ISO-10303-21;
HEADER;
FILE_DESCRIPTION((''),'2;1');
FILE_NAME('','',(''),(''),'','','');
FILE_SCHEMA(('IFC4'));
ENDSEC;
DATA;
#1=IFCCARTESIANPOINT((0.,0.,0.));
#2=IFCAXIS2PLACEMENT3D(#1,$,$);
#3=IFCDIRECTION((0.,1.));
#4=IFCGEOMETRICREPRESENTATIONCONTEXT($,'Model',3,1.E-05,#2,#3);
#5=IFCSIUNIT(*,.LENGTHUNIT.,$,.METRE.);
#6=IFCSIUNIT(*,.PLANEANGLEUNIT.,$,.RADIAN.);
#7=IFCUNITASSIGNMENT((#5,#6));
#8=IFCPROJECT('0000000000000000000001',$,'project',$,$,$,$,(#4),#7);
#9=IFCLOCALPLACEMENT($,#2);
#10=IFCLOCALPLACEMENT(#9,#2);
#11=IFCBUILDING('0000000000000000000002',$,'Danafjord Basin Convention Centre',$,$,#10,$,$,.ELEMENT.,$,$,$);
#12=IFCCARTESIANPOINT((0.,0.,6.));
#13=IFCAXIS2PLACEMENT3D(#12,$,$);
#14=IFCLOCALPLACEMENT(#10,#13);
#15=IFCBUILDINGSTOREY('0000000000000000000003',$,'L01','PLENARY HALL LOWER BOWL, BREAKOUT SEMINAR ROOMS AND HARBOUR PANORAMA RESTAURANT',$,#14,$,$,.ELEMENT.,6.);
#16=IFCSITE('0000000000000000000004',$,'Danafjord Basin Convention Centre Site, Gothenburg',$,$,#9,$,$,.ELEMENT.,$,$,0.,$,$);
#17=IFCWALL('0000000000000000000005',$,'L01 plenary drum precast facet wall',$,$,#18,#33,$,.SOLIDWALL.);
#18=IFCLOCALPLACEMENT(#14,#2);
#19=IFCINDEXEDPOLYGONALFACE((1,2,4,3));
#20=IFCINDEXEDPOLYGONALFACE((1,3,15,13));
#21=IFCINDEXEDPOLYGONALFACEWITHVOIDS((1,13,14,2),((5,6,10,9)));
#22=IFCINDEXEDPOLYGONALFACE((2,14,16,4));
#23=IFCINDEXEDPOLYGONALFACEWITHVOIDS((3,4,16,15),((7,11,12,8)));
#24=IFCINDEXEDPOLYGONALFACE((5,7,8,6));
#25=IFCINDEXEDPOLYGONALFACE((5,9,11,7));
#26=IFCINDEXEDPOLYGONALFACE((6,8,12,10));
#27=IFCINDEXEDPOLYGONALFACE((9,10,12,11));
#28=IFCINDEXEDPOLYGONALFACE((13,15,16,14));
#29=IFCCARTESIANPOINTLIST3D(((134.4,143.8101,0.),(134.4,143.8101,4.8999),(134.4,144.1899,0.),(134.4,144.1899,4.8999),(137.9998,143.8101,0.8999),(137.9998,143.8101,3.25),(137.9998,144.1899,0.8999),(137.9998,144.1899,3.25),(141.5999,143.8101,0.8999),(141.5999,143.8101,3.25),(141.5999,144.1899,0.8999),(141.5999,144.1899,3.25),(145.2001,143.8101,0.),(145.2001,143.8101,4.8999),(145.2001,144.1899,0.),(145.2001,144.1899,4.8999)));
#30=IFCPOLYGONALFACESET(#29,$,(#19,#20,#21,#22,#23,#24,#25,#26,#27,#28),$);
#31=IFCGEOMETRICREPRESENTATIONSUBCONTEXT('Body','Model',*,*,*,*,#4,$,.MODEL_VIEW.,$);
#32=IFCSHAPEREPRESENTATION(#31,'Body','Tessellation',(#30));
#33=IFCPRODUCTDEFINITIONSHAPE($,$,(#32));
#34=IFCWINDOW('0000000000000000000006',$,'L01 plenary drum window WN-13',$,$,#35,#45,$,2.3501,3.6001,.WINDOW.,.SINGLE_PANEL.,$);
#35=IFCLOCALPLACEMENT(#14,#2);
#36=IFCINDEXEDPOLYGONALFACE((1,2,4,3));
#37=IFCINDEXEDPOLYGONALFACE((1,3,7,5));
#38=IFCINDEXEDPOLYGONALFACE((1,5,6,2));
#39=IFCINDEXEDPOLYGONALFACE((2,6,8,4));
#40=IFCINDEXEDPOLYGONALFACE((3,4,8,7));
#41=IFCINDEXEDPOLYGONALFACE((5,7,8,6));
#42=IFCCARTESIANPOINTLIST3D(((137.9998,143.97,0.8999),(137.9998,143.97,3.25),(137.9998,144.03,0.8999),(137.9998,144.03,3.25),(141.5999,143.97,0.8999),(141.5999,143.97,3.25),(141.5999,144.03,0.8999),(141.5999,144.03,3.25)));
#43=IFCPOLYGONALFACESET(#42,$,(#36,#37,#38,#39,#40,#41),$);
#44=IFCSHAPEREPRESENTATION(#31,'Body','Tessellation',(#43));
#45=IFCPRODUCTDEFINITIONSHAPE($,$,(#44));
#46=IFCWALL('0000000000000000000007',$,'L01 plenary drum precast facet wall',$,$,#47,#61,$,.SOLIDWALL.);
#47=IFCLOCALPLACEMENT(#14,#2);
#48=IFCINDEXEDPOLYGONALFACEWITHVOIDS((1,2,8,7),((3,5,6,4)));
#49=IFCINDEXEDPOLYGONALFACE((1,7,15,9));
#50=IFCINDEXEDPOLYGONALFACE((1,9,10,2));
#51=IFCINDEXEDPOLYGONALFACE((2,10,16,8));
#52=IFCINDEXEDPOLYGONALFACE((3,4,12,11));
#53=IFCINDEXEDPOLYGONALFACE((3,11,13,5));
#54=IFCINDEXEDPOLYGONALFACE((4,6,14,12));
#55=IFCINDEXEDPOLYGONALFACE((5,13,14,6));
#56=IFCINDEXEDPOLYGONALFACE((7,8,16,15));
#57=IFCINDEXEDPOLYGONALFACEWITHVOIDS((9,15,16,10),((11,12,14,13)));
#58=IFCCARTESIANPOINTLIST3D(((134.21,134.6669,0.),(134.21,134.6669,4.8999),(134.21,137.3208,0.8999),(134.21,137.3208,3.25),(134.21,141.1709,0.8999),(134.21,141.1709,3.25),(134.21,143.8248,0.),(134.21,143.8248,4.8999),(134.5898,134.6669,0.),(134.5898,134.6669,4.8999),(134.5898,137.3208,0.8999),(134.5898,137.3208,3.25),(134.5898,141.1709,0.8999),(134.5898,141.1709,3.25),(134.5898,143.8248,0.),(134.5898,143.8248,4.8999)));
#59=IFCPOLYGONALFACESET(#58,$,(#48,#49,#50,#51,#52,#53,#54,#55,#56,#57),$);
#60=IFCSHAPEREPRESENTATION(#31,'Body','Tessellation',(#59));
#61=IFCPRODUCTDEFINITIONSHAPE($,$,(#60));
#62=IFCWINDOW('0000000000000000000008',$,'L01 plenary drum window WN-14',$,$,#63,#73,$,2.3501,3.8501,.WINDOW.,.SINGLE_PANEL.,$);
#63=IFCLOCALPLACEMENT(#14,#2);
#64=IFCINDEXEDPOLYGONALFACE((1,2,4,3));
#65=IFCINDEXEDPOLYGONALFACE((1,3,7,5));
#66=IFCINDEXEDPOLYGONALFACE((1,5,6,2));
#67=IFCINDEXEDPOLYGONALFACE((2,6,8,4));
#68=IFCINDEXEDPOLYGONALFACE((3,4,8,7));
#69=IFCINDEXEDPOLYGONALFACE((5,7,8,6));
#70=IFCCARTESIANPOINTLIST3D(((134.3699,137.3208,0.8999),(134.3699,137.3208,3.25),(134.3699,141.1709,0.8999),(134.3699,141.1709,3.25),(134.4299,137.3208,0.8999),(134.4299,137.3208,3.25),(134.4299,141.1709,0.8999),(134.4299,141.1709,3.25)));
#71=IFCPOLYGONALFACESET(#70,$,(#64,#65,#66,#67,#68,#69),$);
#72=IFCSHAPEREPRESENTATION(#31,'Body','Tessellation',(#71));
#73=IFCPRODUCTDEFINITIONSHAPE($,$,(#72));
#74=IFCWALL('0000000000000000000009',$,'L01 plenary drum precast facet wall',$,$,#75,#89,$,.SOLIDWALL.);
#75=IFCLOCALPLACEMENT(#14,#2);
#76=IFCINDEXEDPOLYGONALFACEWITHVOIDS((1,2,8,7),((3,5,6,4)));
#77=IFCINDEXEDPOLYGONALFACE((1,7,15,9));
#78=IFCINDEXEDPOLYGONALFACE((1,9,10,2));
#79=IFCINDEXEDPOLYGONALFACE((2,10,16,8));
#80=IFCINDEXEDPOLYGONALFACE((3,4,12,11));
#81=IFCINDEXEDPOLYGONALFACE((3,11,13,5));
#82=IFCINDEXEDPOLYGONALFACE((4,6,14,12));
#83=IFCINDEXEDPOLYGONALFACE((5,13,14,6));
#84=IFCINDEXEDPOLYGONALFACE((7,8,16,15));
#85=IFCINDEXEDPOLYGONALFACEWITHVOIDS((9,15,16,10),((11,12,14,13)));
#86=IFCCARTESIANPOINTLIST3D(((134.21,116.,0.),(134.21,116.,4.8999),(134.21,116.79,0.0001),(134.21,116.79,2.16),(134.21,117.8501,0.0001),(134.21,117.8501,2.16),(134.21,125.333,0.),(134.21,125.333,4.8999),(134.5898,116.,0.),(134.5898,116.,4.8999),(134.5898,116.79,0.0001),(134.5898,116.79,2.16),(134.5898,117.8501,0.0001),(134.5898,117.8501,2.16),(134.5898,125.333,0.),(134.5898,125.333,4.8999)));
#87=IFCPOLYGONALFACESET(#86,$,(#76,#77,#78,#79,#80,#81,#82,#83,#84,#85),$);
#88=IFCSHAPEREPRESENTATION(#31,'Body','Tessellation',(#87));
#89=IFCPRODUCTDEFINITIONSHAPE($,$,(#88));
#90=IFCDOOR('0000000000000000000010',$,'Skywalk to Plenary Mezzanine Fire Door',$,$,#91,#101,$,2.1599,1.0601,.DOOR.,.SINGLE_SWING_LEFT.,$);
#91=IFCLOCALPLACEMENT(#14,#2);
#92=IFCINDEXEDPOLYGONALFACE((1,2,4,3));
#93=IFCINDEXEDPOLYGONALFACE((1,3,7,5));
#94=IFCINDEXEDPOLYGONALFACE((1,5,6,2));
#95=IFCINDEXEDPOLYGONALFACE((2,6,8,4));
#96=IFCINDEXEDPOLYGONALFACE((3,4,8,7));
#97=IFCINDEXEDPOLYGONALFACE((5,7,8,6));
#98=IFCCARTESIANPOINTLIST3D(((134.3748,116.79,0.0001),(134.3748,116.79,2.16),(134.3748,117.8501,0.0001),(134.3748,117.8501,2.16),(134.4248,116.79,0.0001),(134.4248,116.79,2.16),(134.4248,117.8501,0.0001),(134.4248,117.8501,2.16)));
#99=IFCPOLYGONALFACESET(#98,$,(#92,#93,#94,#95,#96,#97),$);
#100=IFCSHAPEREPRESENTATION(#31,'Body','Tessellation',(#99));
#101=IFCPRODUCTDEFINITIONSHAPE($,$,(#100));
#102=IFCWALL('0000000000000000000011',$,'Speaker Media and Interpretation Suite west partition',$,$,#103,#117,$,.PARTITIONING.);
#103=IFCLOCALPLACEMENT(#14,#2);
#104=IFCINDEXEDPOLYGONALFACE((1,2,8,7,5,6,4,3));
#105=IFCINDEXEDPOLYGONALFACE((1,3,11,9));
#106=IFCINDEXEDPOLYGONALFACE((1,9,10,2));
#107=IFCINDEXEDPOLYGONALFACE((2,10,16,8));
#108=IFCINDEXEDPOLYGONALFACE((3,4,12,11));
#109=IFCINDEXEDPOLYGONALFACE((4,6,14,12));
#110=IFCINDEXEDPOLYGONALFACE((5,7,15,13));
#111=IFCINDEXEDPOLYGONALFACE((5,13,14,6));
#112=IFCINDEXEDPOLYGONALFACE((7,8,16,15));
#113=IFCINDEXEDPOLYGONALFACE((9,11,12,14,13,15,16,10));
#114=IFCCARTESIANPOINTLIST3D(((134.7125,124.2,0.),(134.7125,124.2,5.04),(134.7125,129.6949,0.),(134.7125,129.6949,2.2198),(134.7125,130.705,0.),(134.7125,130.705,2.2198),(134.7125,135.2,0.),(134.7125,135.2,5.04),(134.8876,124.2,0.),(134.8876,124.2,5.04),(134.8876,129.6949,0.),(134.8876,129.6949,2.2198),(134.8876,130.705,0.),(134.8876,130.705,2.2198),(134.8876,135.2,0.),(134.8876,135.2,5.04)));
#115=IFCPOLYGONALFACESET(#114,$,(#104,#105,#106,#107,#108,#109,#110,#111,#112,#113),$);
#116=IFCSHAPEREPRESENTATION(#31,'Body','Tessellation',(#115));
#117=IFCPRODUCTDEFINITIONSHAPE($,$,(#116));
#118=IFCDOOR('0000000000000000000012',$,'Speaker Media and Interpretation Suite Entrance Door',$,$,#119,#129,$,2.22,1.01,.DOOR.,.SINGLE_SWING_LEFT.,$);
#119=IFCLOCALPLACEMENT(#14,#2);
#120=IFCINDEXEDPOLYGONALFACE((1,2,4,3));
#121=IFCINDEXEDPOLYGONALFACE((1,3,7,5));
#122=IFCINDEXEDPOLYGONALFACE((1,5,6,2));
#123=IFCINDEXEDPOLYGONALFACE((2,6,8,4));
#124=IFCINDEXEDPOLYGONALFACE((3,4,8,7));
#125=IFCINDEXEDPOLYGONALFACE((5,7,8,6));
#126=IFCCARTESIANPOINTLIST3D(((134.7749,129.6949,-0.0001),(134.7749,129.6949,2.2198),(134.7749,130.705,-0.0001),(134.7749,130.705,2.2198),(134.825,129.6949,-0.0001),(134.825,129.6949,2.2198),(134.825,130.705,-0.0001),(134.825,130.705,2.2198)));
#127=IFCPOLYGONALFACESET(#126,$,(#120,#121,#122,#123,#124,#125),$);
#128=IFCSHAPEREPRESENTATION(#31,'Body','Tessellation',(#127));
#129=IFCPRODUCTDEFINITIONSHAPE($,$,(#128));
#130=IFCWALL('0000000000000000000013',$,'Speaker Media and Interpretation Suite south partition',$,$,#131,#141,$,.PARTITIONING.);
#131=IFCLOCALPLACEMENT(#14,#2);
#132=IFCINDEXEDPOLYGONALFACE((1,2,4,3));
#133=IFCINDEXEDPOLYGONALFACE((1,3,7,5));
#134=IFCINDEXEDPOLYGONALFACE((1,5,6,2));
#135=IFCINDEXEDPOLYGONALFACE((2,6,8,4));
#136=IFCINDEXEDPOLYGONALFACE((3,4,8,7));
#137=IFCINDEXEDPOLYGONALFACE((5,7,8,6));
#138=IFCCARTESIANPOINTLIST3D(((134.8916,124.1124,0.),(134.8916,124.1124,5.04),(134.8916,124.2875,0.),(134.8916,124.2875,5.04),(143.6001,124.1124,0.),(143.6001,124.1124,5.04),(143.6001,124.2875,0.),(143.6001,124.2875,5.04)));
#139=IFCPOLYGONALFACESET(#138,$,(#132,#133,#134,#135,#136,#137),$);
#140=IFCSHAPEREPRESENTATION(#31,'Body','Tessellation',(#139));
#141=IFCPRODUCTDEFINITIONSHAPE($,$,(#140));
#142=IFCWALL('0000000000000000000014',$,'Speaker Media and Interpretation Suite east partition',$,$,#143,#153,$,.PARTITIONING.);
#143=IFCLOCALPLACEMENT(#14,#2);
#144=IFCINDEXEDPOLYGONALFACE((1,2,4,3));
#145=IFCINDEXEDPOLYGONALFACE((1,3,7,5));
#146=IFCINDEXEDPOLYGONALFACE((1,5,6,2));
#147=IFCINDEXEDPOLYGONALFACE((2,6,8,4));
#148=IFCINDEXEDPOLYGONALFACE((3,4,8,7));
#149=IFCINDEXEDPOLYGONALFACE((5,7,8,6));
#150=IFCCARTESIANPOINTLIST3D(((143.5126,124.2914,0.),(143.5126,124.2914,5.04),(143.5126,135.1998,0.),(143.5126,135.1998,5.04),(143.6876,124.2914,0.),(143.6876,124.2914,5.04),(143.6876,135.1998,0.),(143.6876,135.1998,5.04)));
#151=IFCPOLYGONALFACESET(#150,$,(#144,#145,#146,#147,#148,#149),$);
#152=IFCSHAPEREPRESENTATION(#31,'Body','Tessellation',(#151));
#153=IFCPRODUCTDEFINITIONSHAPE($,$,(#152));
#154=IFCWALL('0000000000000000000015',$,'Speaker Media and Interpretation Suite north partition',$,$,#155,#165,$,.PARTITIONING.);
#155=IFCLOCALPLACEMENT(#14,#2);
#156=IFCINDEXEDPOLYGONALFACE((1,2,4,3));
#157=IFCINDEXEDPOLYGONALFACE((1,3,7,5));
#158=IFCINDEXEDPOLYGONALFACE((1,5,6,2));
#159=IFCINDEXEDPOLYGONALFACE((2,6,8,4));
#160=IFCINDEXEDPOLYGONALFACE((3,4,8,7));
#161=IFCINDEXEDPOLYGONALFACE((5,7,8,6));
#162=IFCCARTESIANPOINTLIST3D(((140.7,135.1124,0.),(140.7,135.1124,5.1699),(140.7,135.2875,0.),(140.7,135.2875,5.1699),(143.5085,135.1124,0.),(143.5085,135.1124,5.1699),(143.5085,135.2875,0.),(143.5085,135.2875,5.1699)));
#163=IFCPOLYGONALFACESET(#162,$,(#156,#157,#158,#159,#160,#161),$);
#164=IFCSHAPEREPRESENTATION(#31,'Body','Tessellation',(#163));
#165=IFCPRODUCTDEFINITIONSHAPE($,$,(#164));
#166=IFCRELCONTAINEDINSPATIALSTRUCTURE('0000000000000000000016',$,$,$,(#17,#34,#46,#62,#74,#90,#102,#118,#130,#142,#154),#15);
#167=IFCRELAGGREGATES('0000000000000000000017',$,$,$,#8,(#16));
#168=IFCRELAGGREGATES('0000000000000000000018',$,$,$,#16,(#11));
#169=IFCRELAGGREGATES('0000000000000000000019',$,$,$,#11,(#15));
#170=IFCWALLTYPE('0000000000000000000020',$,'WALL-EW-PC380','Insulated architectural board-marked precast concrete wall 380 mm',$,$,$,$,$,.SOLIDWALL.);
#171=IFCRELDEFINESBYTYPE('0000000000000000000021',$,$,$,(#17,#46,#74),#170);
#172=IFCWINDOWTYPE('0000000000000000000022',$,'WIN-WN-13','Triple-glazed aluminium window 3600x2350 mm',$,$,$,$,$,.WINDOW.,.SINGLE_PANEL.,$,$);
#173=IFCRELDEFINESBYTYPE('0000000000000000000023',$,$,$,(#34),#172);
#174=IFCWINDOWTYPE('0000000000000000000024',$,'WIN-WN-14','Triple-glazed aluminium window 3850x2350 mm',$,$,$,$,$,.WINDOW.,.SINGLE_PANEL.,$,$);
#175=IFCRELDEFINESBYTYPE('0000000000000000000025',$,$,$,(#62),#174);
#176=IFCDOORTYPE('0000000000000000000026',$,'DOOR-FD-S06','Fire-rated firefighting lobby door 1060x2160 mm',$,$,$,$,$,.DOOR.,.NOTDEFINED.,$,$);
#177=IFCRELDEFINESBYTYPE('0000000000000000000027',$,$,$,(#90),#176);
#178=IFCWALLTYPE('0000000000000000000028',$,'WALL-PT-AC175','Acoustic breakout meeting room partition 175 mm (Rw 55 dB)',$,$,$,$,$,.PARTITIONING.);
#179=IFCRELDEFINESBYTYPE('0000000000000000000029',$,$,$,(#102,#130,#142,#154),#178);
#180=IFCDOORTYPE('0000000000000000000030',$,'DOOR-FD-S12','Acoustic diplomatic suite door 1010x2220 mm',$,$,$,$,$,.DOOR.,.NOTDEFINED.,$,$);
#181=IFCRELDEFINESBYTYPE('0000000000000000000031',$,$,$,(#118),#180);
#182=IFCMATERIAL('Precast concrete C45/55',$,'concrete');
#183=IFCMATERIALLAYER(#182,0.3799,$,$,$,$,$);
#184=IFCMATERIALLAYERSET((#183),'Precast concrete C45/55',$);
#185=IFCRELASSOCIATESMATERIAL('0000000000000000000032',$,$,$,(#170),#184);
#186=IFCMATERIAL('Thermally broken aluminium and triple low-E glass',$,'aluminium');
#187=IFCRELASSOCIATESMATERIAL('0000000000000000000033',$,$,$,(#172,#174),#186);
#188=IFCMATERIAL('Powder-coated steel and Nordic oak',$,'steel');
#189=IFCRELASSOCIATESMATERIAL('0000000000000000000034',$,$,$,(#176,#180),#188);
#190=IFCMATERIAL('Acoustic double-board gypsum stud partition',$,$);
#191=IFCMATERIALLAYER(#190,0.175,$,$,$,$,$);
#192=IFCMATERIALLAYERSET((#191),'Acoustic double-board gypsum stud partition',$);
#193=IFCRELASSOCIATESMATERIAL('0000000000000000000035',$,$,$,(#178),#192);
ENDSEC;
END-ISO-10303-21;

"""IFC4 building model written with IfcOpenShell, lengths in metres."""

from ifc_helpers import new_model, si_unit, direction, frame, frame_2d, origin, place, context, subcontext, project, spatial, rectangle, extrude, material, layer, layer_set, type_object, element, fill, save


model = new_model("IFC4")

# Units and contexts
model_context = context("Model", 3, precision=1e-05, world=origin(), true_north=direction((0.0, 1.0)))
body_context = subcontext(model_context, "Body", "Model", "MODEL_VIEW")
ifc_project = project(units=[si_unit("LENGTHUNIT", "METRE"), si_unit("PLANEANGLEUNIT", "RADIAN")], contexts=[model_context])

# Site, building, storey
site_placement = place(None, origin())
site = spatial("IfcSite", under=ifc_project, at=site_placement, Name="Danafjord Basin Convention Centre Site, Gothenburg", CompositionType="ELEMENT", RefElevation=0.0)
building_placement = place(site_placement, origin())
building = spatial("IfcBuilding", under=site, at=building_placement, Name="Danafjord Basin Convention Centre", CompositionType="ELEMENT")
storey_placement = place(building_placement, frame((0.0, 0.0, 6.0)))
storey = spatial("IfcBuildingStorey", under=building, at=storey_placement, Name="L01", Description="PLENARY HALL LOWER BOWL, BREAKOUT SEMINAR ROOMS AND HARBOUR PANORAMA RESTAURANT", CompositionType="ELEMENT", Elevation=6.0)

# Shared definitions
ifc_material_1 = material(Name="Precast concrete C45/55", Category="concrete")

# Walls, openings, windows
ifc_layer_1 = layer(ifc_material_1, 0.3799)
ifc_layer_set_1 = layer_set([ifc_layer_1], Name="Precast concrete C45/55")
wall_type_1 = type_object("IfcWallType", Name="WALL-EW-PC380", Description="Insulated architectural board-marked precast concrete wall 380 mm", PredefinedType="SOLIDWALL", material=ifc_layer_set_1)
wall_1_placement = place(storey_placement, frame((145.2, 144.0, 0.0), z_axis=(0.0, 0.0, 1.0), x_axis=(-1.0, 0.0, 0.0)))
wall_1 = element("IfcWall", 1, at=wall_1_placement, inside=storey, type_object=wall_type_1, Name="L01 plenary drum precast facet wall", PredefinedType="SOLIDWALL", context=body_context, shape_type="SweptSolid", body=[
    extrude(rectangle(XDim=10.8, YDim=0.3799, at=frame_2d((5.3999, 0.0))), origin(), (0.0, 0.0, 1.0), 4.8999),
])
opening_1_placement = place(wall_1_placement, frame((3.6001, 0.0, 0.8999)))
opening_1 = element("IfcOpeningElement", 2, at=opening_1_placement, cuts=wall_1, PredefinedType="OPENING", context=body_context, shape_type="SweptSolid", body=[
    extrude(rectangle(XDim=3.6001, YDim=2.3501, at=frame_2d((1.8, 1.175))), frame((0.0, 0.2, 0.0), z_axis=(0.0, -1.0, 0.0), x_axis=(1.0, 0.0, 0.0)), (0.0, 0.0, 1.0), 0.3999),
])
ifc_material_2 = material(Name="Thermally broken aluminium and triple low-E glass", Category="aluminium")
window_type_1 = type_object("IfcWindowType", Name="WIN-WN-13", Description="Triple-glazed aluminium window 3600x2350 mm", PartitioningType="SINGLE_PANEL", PredefinedType="WINDOW", material=ifc_material_2)
window_1_placement = place(opening_1_placement, origin())
window_1 = element("IfcWindow", 3, at=window_1_placement, inside=storey, type_object=window_type_1, Name="L01 plenary drum window WN-13", OverallHeight=2.3501, OverallWidth=3.6001, PartitioningType="SINGLE_PANEL", PredefinedType="WINDOW", context=body_context, shape_type="SweptSolid", body=[
    extrude(rectangle(XDim=3.6001, YDim=2.3501, at=frame_2d((1.8, 1.175))), frame((0.0, 0.03, 0.0), z_axis=(0.0, -1.0, 0.0), x_axis=(1.0, 0.0, 0.0)), (0.0, 0.0, 1.0), 0.0601),
])
fill(opening_1, window_1)
wall_2_placement = place(storey_placement, frame((134.3999, 143.825, 0.0), z_axis=(0.0, 0.0, 1.0), x_axis=(0.0, -1.0, 0.0)))
wall_2 = element("IfcWall", 4, at=wall_2_placement, inside=storey, type_object=wall_type_1, Name="L01 plenary drum precast facet wall", PredefinedType="SOLIDWALL", context=body_context, shape_type="SweptSolid", body=[
    extrude(rectangle(XDim=9.158, YDim=0.3799, at=frame_2d((4.5791, 0.0))), origin(), (0.0, 0.0, 1.0), 4.8999),
])
opening_2_placement = place(wall_2_placement, frame((2.6541, 0.0, 0.8999)))
opening_2 = element("IfcOpeningElement", 5, at=opening_2_placement, cuts=wall_2, PredefinedType="OPENING", context=body_context, shape_type="SweptSolid", body=[
    extrude(rectangle(XDim=3.8501, YDim=2.3501, at=frame_2d((1.925, 1.175))), frame((0.0, 0.2, 0.0), z_axis=(0.0, -1.0, 0.0), x_axis=(1.0, 0.0, 0.0)), (0.0, 0.0, 1.0), 0.3999),
])
window_type_2 = type_object("IfcWindowType", Name="WIN-WN-14", Description="Triple-glazed aluminium window 3850x2350 mm", PartitioningType="SINGLE_PANEL", PredefinedType="WINDOW", material=ifc_material_2)
window_2_placement = place(opening_2_placement, origin())
window_2 = element("IfcWindow", 6, at=window_2_placement, inside=storey, type_object=window_type_2, Name="L01 plenary drum window WN-14", OverallHeight=2.3501, OverallWidth=3.8501, PartitioningType="SINGLE_PANEL", PredefinedType="WINDOW", context=body_context, shape_type="SweptSolid", body=[
    extrude(rectangle(XDim=3.8501, YDim=2.3501, at=frame_2d((1.925, 1.175))), frame((0.0, 0.03, 0.0), z_axis=(0.0, -1.0, 0.0), x_axis=(1.0, 0.0, 0.0)), (0.0, 0.0, 1.0), 0.0601),
])
fill(opening_2, window_2)

# Walls, openings, doors
wall_3_placement = place(storey_placement, frame((134.3999, 125.333, 0.0), z_axis=(0.0, 0.0, 1.0), x_axis=(0.0, -1.0, 0.0)))
wall_3 = element("IfcWall", 7, at=wall_3_placement, inside=storey, type_object=wall_type_1, Name="L01 plenary drum precast facet wall", PredefinedType="SOLIDWALL", context=body_context, shape_type="SweptSolid", body=[
    extrude(rectangle(XDim=9.333, YDim=0.3799, at=frame_2d((4.6665, 0.0))), origin(), (0.0, 0.0, 1.0), 4.8999),
])
opening_3_placement = place(wall_3_placement, frame((7.4829, 0.0, 0.0)))
opening_3 = element("IfcOpeningElement", 8, at=opening_3_placement, cuts=wall_3, PredefinedType="OPENING", context=body_context, shape_type="SweptSolid", body=[
    extrude(rectangle(XDim=1.0601, YDim=2.1599, at=frame_2d((0.53, 1.0801))), frame((0.0, 0.2, 0.0), z_axis=(0.0, -1.0, 0.0), x_axis=(1.0, 0.0, 0.0)), (0.0, 0.0, 1.0), 0.3999),
])
ifc_material_3 = material(Name="Powder-coated steel and Nordic oak", Category="steel")
door_type_1 = type_object("IfcDoorType", Name="DOOR-FD-S06", Description="Fire-rated firefighting lobby door 1060x2160 mm", OperationType="NOTDEFINED", PredefinedType="DOOR", material=ifc_material_3)
door_1_placement = place(opening_3_placement, origin())
door_1 = element("IfcDoor", 9, at=door_1_placement, inside=storey, type_object=door_type_1, Name="Skywalk to Plenary Mezzanine Fire Door", OperationType="SINGLE_SWING_LEFT", OverallHeight=2.1599, OverallWidth=1.0601, PredefinedType="DOOR", context=body_context, shape_type="SweptSolid", body=[
    extrude(rectangle(XDim=1.0601, YDim=2.1599, at=frame_2d((0.53, 1.0801))), frame((0.0, 0.0249, 0.0), z_axis=(0.0, -1.0, 0.0), x_axis=(1.0, 0.0, 0.0)), (0.0, 0.0, 1.0), 0.05),
])
fill(opening_3, door_1)
ifc_material_4 = material(Name="Acoustic double-board gypsum stud partition")
ifc_layer_2 = layer(ifc_material_4, 0.175)
ifc_layer_set_2 = layer_set([ifc_layer_2], Name="Acoustic double-board gypsum stud partition")
wall_type_2 = type_object("IfcWallType", Name="WALL-PT-AC175", Description="Acoustic breakout meeting room partition 175 mm (Rw 55 dB)", PredefinedType="PARTITIONING", material=ifc_layer_set_2)
wall_4_placement = place(storey_placement, frame((134.8, 135.2, 0.0), z_axis=(0.0, 0.0, 1.0), x_axis=(0.0, -1.0, 0.0)))
wall_4 = element("IfcWall", 10, at=wall_4_placement, inside=storey, type_object=wall_type_2, Name="Speaker Media and Interpretation Suite west partition", PredefinedType="PARTITIONING", context=body_context, shape_type="SweptSolid", body=[
    extrude(rectangle(XDim=11.0, YDim=0.175, at=frame_2d((5.5, 0.0))), origin(), (0.0, 0.0, 1.0), 5.04),
])
opening_4_placement = place(wall_4_placement, frame((4.4951, 0.0, 0.0)))
opening_4 = element("IfcOpeningElement", 11, at=opening_4_placement, cuts=wall_4, PredefinedType="OPENING", context=body_context, shape_type="SweptSolid", body=[
    extrude(rectangle(XDim=1.01, YDim=2.22, at=frame_2d((0.5049, 1.1099))), frame((0.0, 0.0974, 0.0), z_axis=(0.0, -1.0, 0.0), x_axis=(1.0, 0.0, 0.0)), (0.0, 0.0, 1.0), 0.1951),
])
door_type_2 = type_object("IfcDoorType", Name="DOOR-FD-S12", Description="Acoustic diplomatic suite door 1010x2220 mm", OperationType="NOTDEFINED", PredefinedType="DOOR", material=ifc_material_3)
door_2_placement = place(opening_4_placement, origin())
door_2 = element("IfcDoor", 12, at=door_2_placement, inside=storey, type_object=door_type_2, Name="Speaker Media and Interpretation Suite Entrance Door", OperationType="SINGLE_SWING_LEFT", OverallHeight=2.22, OverallWidth=1.01, PredefinedType="DOOR", context=body_context, shape_type="SweptSolid", body=[
    extrude(rectangle(XDim=1.01, YDim=2.22, at=frame_2d((0.5049, 1.1099))), frame((0.0, 0.0249, 0.0), z_axis=(0.0, -1.0, 0.0), x_axis=(1.0, 0.0, 0.0)), (0.0, 0.0, 1.0), 0.05),
])
fill(opening_4, door_2)

# Walls
wall_5_placement = place(storey_placement, frame((134.8916, 124.2, 0.0), z_axis=(0.0, 0.0, 1.0), x_axis=(1.0, 0.0, 0.0)))
element("IfcWall", 13, at=wall_5_placement, inside=storey, type_object=wall_type_2, Name="Speaker Media and Interpretation Suite south partition", PredefinedType="PARTITIONING", context=body_context, shape_type="SweptSolid", body=[
    extrude(rectangle(XDim=8.7085, YDim=0.175, at=frame_2d((4.3542, 0.0))), origin(), (0.0, 0.0, 1.0), 5.04),
])
wall_6_placement = place(storey_placement, frame((143.6001, 124.2915, 0.0), z_axis=(0.0, 0.0, 1.0), x_axis=(0.0, 1.0, 0.0)))
element("IfcWall", 14, at=wall_6_placement, inside=storey, type_object=wall_type_2, Name="Speaker Media and Interpretation Suite east partition", PredefinedType="PARTITIONING", context=body_context, shape_type="SweptSolid", body=[
    extrude(rectangle(XDim=10.9084, YDim=0.175, at=frame_2d((5.4541, 0.0))), origin(), (0.0, 0.0, 1.0), 5.04),
])
wall_7_placement = place(storey_placement, frame((143.5085, 135.2, 0.0), z_axis=(0.0, 0.0, 1.0), x_axis=(-1.0, 0.0, 0.0)))
element("IfcWall", 15, at=wall_7_placement, inside=storey, type_object=wall_type_2, Name="Speaker Media and Interpretation Suite north partition", PredefinedType="PARTITIONING", context=body_context, shape_type="SweptSolid", body=[
    extrude(rectangle(XDim=2.8086, YDim=0.175, at=frame_2d((1.4043, 0.0))), origin(), (0.0, 0.0, 1.0), 5.1699),
])

save(model, "model.ifc")
